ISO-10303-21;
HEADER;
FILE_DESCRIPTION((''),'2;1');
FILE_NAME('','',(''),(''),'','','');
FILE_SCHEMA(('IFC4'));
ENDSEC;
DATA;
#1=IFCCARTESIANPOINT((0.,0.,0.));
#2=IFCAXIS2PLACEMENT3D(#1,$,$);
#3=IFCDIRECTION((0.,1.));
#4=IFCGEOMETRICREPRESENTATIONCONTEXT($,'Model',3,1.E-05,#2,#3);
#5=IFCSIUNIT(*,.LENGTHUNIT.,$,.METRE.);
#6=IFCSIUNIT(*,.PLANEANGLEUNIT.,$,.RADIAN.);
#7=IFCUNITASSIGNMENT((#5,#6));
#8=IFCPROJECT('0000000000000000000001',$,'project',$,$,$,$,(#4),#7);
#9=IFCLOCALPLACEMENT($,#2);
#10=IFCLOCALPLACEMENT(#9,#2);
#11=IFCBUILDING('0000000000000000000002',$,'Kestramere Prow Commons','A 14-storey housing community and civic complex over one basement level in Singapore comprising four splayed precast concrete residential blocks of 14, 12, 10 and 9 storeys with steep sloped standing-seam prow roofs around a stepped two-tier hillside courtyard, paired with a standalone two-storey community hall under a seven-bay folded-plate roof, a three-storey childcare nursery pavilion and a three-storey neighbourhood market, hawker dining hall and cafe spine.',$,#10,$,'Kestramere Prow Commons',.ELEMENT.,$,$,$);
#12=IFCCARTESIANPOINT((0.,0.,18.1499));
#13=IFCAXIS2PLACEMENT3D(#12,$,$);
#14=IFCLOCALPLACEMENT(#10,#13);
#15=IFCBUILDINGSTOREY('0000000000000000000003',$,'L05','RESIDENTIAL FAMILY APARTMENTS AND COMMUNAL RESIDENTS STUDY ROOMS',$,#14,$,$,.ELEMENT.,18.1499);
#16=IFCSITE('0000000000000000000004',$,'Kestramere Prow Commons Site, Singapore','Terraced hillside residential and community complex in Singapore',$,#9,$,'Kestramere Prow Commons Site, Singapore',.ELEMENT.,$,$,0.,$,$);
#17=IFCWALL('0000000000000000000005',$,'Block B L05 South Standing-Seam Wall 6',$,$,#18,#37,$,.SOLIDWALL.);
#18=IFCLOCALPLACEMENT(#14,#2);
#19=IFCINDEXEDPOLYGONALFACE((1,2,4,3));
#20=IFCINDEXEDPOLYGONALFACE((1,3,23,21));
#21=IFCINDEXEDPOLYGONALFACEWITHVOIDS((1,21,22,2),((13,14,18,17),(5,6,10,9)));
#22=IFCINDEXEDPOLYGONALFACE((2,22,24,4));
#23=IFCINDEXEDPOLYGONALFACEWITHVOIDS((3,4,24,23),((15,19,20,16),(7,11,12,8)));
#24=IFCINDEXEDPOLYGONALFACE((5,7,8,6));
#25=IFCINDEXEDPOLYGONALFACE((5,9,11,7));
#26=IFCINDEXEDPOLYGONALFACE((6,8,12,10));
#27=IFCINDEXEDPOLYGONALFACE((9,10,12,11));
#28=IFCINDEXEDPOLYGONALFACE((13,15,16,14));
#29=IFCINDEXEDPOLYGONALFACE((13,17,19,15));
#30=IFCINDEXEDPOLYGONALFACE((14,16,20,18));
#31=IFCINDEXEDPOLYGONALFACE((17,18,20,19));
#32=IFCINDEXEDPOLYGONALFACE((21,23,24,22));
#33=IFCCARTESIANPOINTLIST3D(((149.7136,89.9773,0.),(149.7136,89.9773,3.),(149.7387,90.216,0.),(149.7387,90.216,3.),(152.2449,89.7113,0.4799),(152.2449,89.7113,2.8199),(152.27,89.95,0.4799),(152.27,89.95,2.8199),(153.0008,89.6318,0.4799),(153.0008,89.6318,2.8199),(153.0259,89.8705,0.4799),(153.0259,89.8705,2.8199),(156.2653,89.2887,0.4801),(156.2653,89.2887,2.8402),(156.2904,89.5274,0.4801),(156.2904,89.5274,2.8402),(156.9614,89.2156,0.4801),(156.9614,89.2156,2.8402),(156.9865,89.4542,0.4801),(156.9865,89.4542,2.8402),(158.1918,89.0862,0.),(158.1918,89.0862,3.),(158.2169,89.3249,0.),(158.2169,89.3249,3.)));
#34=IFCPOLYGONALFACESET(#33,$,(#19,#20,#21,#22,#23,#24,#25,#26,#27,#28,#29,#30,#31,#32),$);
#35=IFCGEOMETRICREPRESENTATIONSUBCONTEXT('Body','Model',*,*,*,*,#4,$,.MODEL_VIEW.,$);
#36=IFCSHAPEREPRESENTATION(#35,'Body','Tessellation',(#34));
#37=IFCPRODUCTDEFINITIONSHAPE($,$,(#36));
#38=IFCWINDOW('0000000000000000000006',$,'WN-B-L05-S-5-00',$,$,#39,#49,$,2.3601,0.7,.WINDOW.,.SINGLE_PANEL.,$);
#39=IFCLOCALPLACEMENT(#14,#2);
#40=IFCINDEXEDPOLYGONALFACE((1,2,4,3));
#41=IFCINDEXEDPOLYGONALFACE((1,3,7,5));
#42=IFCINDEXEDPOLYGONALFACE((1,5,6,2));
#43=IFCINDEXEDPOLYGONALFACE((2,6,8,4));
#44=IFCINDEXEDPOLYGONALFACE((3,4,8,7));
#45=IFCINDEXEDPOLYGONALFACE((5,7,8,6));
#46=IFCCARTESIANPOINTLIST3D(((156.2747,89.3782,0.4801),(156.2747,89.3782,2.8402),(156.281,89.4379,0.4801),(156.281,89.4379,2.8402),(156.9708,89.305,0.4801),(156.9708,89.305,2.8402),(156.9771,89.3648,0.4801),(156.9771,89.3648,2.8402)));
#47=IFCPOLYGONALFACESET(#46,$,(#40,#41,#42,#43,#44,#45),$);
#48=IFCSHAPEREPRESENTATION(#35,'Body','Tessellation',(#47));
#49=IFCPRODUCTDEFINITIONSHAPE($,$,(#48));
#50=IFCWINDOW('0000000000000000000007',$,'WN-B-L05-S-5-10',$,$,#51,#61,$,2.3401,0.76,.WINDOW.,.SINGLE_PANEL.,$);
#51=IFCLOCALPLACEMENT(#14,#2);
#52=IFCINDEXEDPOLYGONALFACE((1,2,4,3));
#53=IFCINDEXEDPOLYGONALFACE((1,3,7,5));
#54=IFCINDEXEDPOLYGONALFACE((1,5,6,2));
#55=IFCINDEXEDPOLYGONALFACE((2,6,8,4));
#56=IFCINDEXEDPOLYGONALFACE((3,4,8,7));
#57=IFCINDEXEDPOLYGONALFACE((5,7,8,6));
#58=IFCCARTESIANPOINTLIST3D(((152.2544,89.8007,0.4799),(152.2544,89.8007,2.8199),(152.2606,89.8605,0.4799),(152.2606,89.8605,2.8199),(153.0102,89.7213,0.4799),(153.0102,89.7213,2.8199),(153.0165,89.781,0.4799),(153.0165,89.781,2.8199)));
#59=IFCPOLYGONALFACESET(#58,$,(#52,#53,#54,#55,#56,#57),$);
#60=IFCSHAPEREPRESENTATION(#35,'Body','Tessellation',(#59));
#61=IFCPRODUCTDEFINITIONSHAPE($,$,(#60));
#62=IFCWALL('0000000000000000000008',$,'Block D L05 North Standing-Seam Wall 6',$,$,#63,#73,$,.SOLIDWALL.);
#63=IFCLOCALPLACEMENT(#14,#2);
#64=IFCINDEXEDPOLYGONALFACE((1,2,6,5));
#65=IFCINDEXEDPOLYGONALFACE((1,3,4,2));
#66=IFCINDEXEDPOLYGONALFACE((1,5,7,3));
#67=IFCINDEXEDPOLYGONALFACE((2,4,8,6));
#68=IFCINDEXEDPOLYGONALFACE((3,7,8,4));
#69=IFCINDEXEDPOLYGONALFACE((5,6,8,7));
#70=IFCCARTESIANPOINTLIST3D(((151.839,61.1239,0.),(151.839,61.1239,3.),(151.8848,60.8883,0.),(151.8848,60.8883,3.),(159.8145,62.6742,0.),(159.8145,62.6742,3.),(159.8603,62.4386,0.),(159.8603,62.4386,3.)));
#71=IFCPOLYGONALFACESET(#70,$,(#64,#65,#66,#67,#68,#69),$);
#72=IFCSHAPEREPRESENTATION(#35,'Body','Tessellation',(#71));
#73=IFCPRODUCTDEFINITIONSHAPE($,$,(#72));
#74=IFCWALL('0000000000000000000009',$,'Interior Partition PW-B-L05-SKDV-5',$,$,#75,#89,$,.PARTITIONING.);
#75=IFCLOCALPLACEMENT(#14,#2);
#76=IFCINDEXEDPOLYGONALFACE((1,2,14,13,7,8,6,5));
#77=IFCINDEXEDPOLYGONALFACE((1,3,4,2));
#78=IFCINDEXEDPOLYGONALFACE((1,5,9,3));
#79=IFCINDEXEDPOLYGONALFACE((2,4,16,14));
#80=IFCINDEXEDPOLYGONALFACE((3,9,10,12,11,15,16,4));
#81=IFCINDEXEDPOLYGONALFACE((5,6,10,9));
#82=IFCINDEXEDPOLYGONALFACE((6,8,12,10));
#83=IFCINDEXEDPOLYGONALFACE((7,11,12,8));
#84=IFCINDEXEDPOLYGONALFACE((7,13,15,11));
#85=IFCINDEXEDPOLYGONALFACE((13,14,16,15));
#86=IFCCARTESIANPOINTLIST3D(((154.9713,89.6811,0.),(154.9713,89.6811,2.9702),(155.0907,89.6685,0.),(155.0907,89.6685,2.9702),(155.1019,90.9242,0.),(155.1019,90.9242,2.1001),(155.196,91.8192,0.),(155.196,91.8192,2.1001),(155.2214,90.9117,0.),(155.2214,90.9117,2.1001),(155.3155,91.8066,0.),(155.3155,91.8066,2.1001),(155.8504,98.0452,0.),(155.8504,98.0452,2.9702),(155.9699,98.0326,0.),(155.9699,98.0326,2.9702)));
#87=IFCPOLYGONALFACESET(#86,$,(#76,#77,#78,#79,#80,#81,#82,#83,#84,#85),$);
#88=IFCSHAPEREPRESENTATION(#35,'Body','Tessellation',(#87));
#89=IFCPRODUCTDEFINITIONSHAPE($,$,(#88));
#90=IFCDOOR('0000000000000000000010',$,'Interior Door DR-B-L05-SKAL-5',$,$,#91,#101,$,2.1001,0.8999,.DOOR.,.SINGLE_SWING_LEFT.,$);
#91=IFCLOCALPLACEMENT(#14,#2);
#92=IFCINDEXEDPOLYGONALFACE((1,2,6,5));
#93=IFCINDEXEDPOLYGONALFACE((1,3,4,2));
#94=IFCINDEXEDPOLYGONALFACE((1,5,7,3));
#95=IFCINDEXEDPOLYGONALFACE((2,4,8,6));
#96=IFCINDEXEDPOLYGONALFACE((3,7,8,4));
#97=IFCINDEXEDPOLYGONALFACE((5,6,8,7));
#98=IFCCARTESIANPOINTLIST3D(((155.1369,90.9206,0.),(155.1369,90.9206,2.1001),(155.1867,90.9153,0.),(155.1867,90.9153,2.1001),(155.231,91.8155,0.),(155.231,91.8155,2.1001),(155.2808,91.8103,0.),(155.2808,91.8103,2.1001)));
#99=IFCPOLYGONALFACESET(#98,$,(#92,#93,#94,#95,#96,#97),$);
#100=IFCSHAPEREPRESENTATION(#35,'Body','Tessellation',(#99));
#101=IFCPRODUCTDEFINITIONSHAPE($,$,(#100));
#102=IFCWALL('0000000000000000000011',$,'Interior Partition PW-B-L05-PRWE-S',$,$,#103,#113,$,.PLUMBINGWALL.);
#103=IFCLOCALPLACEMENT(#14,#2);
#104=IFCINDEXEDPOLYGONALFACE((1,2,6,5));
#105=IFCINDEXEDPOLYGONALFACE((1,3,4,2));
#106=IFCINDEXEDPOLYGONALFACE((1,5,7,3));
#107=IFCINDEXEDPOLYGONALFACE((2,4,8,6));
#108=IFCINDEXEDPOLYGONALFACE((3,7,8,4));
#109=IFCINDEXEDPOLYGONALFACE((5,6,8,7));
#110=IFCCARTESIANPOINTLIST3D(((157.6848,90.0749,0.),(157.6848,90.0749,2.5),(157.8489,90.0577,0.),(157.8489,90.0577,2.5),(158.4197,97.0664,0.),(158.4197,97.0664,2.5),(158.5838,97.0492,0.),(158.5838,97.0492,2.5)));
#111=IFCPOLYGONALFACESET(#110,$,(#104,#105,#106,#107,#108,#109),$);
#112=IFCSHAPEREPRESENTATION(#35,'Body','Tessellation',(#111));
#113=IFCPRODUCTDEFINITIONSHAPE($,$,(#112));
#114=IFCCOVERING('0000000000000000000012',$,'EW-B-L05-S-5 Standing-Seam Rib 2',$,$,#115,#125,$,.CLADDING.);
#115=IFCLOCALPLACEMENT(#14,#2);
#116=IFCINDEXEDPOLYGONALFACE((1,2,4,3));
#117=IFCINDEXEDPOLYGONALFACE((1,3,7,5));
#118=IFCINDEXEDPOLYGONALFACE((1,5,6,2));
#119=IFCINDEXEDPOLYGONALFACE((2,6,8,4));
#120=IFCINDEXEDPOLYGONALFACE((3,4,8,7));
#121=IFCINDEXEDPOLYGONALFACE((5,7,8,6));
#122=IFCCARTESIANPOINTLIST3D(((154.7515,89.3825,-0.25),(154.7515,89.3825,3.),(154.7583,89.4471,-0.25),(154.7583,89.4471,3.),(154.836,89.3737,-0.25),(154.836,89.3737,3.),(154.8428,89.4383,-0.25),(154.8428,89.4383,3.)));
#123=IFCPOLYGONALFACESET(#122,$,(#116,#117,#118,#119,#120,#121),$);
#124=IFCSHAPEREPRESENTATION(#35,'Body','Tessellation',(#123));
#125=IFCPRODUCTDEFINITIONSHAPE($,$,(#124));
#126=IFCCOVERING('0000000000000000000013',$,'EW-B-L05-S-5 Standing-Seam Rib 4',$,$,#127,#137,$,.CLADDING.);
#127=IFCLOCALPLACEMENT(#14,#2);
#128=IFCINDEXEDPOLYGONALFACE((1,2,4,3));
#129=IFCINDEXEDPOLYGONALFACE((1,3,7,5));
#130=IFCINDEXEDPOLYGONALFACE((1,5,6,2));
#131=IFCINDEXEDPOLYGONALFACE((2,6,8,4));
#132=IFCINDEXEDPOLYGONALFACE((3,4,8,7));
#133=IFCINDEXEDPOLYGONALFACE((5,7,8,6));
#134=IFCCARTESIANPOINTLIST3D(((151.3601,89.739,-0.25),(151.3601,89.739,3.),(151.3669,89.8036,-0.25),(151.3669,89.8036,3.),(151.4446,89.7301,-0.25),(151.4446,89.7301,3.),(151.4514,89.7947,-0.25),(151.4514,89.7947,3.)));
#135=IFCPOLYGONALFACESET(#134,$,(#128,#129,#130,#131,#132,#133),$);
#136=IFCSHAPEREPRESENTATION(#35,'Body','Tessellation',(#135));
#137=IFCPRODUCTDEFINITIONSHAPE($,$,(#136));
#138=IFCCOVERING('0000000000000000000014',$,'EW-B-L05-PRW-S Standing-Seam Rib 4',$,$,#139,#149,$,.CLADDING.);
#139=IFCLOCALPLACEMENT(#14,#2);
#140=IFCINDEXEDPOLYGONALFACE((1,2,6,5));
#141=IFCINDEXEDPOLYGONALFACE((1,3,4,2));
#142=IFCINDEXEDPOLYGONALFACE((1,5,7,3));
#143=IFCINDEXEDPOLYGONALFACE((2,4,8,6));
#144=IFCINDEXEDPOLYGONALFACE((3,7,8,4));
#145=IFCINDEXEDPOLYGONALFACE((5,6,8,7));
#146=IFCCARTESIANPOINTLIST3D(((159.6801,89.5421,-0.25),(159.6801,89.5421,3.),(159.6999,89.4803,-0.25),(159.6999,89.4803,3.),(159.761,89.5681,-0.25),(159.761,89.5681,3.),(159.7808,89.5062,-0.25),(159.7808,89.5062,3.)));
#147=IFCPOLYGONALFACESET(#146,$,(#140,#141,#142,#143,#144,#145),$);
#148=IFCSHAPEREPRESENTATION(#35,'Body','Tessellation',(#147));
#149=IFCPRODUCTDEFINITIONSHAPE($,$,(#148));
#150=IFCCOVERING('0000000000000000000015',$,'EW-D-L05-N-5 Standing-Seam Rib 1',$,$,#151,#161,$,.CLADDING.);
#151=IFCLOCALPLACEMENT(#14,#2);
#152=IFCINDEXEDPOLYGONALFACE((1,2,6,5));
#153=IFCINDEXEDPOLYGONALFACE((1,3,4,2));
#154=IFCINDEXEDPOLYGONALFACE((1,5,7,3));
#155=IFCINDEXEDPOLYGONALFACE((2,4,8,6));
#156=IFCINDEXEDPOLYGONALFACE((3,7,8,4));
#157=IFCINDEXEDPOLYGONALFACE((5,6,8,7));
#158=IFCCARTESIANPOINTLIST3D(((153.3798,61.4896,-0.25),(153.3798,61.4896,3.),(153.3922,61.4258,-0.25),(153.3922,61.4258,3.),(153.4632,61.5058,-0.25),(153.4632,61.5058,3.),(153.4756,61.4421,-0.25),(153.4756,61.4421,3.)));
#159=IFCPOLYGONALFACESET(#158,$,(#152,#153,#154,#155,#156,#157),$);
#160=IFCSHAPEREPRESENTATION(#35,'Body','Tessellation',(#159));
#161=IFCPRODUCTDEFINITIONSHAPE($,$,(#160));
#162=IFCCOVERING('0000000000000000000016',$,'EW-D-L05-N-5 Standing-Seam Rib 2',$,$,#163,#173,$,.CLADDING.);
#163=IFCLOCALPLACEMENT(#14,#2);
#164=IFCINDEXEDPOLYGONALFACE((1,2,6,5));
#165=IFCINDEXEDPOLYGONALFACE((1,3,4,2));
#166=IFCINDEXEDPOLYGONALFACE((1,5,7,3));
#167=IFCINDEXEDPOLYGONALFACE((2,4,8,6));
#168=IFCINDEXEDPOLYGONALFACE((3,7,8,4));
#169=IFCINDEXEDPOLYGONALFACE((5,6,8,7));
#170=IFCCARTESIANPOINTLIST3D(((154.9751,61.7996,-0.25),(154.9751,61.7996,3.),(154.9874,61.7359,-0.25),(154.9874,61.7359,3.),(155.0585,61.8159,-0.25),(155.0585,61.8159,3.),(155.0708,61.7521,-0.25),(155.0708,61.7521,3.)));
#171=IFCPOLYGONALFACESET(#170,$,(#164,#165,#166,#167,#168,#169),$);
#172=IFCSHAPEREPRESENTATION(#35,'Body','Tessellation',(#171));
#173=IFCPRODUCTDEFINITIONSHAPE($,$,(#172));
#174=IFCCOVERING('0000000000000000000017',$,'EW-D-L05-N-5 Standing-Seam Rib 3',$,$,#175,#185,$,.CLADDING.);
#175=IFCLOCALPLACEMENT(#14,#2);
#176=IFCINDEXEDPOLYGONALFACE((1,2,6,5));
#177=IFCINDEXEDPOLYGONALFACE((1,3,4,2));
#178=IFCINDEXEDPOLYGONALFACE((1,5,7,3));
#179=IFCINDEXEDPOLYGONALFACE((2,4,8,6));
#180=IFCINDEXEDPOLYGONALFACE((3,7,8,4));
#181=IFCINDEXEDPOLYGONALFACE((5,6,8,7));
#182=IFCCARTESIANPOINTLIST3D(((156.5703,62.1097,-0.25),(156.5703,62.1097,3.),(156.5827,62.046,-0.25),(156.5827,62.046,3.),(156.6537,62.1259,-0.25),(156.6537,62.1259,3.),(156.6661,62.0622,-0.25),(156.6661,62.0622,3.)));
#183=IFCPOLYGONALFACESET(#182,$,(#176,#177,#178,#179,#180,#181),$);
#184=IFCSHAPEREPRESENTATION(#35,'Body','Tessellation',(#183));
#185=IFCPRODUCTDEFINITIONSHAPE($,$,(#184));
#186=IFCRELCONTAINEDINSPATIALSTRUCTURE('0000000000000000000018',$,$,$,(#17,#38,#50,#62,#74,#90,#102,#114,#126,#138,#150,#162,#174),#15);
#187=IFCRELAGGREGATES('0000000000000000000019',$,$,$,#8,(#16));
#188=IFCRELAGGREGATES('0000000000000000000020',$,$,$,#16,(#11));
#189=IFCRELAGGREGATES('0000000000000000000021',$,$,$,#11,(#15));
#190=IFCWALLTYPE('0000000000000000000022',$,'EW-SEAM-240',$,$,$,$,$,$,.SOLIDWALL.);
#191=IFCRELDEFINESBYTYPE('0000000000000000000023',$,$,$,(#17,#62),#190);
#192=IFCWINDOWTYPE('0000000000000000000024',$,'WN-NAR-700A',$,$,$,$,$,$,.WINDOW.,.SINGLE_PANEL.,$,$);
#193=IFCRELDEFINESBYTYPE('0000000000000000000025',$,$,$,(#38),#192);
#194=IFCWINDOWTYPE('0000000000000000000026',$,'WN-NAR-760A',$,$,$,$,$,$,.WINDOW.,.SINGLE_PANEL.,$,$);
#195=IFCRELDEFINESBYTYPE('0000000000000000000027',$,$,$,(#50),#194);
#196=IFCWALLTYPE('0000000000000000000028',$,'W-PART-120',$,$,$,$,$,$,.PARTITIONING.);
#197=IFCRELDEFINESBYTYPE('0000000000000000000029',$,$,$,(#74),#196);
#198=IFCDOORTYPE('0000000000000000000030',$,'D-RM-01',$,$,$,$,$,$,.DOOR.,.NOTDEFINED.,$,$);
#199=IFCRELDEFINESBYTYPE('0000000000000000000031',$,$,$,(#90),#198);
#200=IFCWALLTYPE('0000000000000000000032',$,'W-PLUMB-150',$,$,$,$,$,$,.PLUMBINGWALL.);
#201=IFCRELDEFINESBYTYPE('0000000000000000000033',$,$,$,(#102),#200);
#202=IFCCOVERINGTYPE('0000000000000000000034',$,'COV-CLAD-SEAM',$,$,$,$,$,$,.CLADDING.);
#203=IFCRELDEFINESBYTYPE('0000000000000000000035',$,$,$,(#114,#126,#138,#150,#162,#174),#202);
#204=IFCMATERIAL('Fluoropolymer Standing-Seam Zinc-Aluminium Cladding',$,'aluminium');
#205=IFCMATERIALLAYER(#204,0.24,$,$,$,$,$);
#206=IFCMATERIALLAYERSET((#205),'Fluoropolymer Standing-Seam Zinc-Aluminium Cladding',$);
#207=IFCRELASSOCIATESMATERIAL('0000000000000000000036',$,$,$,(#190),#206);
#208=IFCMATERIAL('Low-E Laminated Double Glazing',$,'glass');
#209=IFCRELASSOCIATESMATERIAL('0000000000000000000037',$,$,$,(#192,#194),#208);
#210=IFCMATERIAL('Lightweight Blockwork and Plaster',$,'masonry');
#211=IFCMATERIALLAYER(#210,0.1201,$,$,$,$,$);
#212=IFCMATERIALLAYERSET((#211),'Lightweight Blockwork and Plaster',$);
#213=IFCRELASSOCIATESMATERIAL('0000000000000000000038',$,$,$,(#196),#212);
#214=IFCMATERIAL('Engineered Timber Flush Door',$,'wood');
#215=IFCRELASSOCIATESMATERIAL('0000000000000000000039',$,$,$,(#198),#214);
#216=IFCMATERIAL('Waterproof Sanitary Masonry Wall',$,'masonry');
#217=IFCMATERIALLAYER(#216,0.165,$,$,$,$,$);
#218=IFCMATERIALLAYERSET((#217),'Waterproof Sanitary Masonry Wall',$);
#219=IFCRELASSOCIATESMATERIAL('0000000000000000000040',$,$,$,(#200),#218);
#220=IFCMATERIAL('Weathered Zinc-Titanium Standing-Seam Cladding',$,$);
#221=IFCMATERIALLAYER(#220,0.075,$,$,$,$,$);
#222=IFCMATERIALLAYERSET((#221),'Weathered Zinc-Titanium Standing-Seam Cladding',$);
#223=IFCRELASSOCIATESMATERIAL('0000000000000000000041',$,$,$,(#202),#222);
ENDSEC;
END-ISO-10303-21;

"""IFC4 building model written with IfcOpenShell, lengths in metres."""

from ifc_helpers import new_model, si_unit, direction, frame, frame_2d, origin, origin_2d, place, context, subcontext, project, spatial, rectangle, extrude, material, layer, layer_set, type_object, element, fill, save


model = new_model("IFC4")

# Units and contexts
model_context = context("Model", 3, precision=1e-05, world=origin(), true_north=direction((0.0, 1.0)))
body_context = subcontext(model_context, "Body", "Model", "MODEL_VIEW")
ifc_project = project(units=[si_unit("LENGTHUNIT", "METRE"), si_unit("PLANEANGLEUNIT", "RADIAN")], contexts=[model_context])

# Site, building, storey
site_placement = place(None, origin())
site = spatial("IfcSite", under=ifc_project, at=site_placement, Name="Kestramere Prow Commons Site, Singapore", Description="Terraced hillside residential and community complex in Singapore", LongName="Kestramere Prow Commons Site, Singapore", CompositionType="ELEMENT", RefElevation=0.0)
building_placement = place(site_placement, origin())
building = spatial("IfcBuilding", under=site, at=building_placement, Name="Kestramere Prow Commons", Description="A 14-storey housing community and civic complex over one basement level in Singapore comprising four splayed precast concrete residential blocks of 14, 12, 10 and 9 storeys with steep sloped standing-seam prow roofs around a stepped two-tier hillside courtyard, paired with a standalone two-storey community hall under a seven-bay folded-plate roof, a three-storey childcare nursery pavilion and a three-storey neighbourhood market, hawker dining hall and cafe spine.", LongName="Kestramere Prow Commons", CompositionType="ELEMENT")
storey_placement = place(building_placement, frame((0.0, 0.0, 18.1499)))
storey = spatial("IfcBuildingStorey", under=building, at=storey_placement, Name="L05", Description="RESIDENTIAL FAMILY APARTMENTS AND COMMUNAL RESIDENTS STUDY ROOMS", CompositionType="ELEMENT", Elevation=18.1499)

# Wall, openings, windows
ifc_material_1 = material(Name="Weathered Zinc-Titanium Standing-Seam Cladding")
ifc_material_2 = material(Name="Low-E Laminated Double Glazing", Category="glass")
ifc_material_3 = material(Name="Fluoropolymer Standing-Seam Zinc-Aluminium Cladding", Category="aluminium")
ifc_layer_1 = layer(ifc_material_3, 0.24)
ifc_layer_set_1 = layer_set([ifc_layer_1], Name="Fluoropolymer Standing-Seam Zinc-Aluminium Cladding")
wall_type_1 = type_object("IfcWallType", Name="EW-SEAM-240", PredefinedType="SOLIDWALL", material=ifc_layer_set_1)
wall_1_placement = place(storey_placement, frame((158.2043, 89.2056, 0.0), z_axis=(0.0, 0.0, 1.0), x_axis=(-0.994522, 0.10453, 0.0)))
wall_1 = element("IfcWall", 1, at=wall_1_placement, inside=storey, type_object=wall_type_1, Name="Block B L05 South Standing-Seam Wall 6", PredefinedType="SOLIDWALL", context=body_context, shape_type="SweptSolid", body=[
    extrude(rectangle(XDim=8.5249, YDim=0.24, at=frame_2d((4.2625, 0.0))), origin(), (0.0, 0.0, 1.0), 3.0),
])
opening_1_placement = place(wall_1_placement, frame((1.2371, 0.0, 0.48)))
opening_1 = element("IfcOpeningElement", 2, at=opening_1_placement, cuts=wall_1, PredefinedType="OPENING", context=body_context, shape_type="SweptSolid", body=[
    extrude(rectangle(XDim=0.7, YDim=2.3601, at=frame_2d((0.3501, 1.1802))), frame((0.0, 0.135, 0.0), z_axis=(0.0, -1.0, 0.0), x_axis=(1.0, 0.0, 0.0)), (0.0, 0.0, 1.0), 0.27),
])
opening_2_placement = place(wall_1_placement, frame((5.2197, 0.0, 0.48)))
opening_2 = element("IfcOpeningElement", 3, at=opening_2_placement, cuts=wall_1, PredefinedType="OPENING", context=body_context, shape_type="SweptSolid", body=[
    extrude(rectangle(XDim=0.76, YDim=2.3401, at=frame_2d((0.3799, 1.1699))), frame((0.0, 0.135, 0.0), z_axis=(0.0, -1.0, 0.0), x_axis=(1.0, 0.0, 0.0)), (0.0, 0.0, 1.0), 0.27),
])
window_type_1 = type_object("IfcWindowType", Name="WN-NAR-700A", PartitioningType="SINGLE_PANEL", PredefinedType="WINDOW", material=ifc_material_2)
window_1_placement = place(opening_1_placement, origin())
window_1 = element("IfcWindow", 4, at=window_1_placement, inside=storey, type_object=window_type_1, Name="WN-B-L05-S-5-00", OverallHeight=2.3601, OverallWidth=0.7, PartitioningType="SINGLE_PANEL", PredefinedType="WINDOW", context=body_context, shape_type="SweptSolid", body=[
    extrude(rectangle(XDim=0.7, YDim=2.3601, at=frame_2d((0.3501, 1.1802))), frame((0.0, 0.03, 0.0), z_axis=(0.0, -1.0, 0.0), x_axis=(1.0, 0.0, 0.0)), (0.0, 0.0, 1.0), 0.0601),
])
fill(opening_1, window_1)
window_type_2 = type_object("IfcWindowType", Name="WN-NAR-760A", PartitioningType="SINGLE_PANEL", PredefinedType="WINDOW", material=ifc_material_2)
window_2_placement = place(opening_2_placement, origin())
window_2 = element("IfcWindow", 5, at=window_2_placement, inside=storey, type_object=window_type_2, Name="WN-B-L05-S-5-10", OverallHeight=2.3401, OverallWidth=0.76, PartitioningType="SINGLE_PANEL", PredefinedType="WINDOW", context=body_context, shape_type="SweptSolid", body=[
    extrude(rectangle(XDim=0.76, YDim=2.3401, at=frame_2d((0.3799, 1.1699))), frame((0.0, 0.03, 0.0), z_axis=(0.0, -1.0, 0.0), x_axis=(1.0, 0.0, 0.0)), (0.0, 0.0, 1.0), 0.0601),
])
fill(opening_2, window_2)

# Wall
wall_2_placement = place(storey_placement, frame((151.8618, 61.0061, 0.0), z_axis=(0.0, 0.0, 1.0), x_axis=(0.981627, 0.190809, 0.0)))
element("IfcWall", 6, at=wall_2_placement, inside=storey, type_object=wall_type_1, Name="Block D L05 North Standing-Seam Wall 6", PredefinedType="SOLIDWALL", context=body_context, shape_type="SweptSolid", body=[
    extrude(rectangle(XDim=8.1248, YDim=0.24, at=frame_2d((4.0625, 0.0))), origin(), (0.0, 0.0, 1.0), 3.0),
])

# Wall, opening, door
ifc_material_4 = material(Name="Lightweight Blockwork and Plaster", Category="masonry")
ifc_layer_2 = layer(ifc_material_4, 0.1201)
ifc_layer_set_2 = layer_set([ifc_layer_2], Name="Lightweight Blockwork and Plaster")
wall_type_2 = type_object("IfcWallType", Name="W-PART-120", PredefinedType="PARTITIONING", material=ifc_layer_set_2)
wall_3_placement = place(storey_placement, frame((155.031, 89.6748, 0.0), z_axis=(0.0, 0.0, 1.0), x_axis=(0.104535, 0.994521, 0.0)))
wall_3 = element("IfcWall", 7, at=wall_3_placement, inside=storey, type_object=wall_type_2, Name="Interior Partition PW-B-L05-SKDV-5", PredefinedType="PARTITIONING", context=body_context, shape_type="SweptSolid", body=[
    extrude(rectangle(XDim=8.4102, YDim=0.1201, at=frame_2d((4.2051, 0.0))), origin(), (0.0, 0.0, 1.0), 2.9702),
])
opening_3_placement = place(wall_3_placement, frame((1.25, 0.0, 0.0)))
opening_3 = element("IfcOpeningElement", 8, at=opening_3_placement, cuts=wall_3, PredefinedType="OPENING", context=body_context, shape_type="SweptSolid", body=[
    extrude(rectangle(XDim=0.8999, YDim=2.1001, at=frame_2d((0.45, 1.05))), frame((0.0, 0.075, 0.0), z_axis=(0.0, -1.0, 0.0), x_axis=(1.0, 0.0, 0.0)), (0.0, 0.0, 1.0), 0.1501),
])
ifc_material_5 = material(Name="Engineered Timber Flush Door", Category="wood")
door_type = type_object("IfcDoorType", Name="D-RM-01", OperationType="NOTDEFINED", PredefinedType="DOOR", material=ifc_material_5)
door_placement = place(opening_3_placement, origin())
door = element("IfcDoor", 9, at=door_placement, inside=storey, type_object=door_type, Name="Interior Door DR-B-L05-SKAL-5", OperationType="SINGLE_SWING_LEFT", OverallHeight=2.1001, OverallWidth=0.8999, PredefinedType="DOOR", context=body_context, shape_type="SweptSolid", body=[
    extrude(rectangle(XDim=0.8999, YDim=2.1001, at=frame_2d((0.45, 1.05))), frame((0.0, 0.0249, 0.0), z_axis=(0.0, -1.0, 0.0), x_axis=(1.0, 0.0, 0.0)), (0.0, 0.0, 1.0), 0.05),
])
fill(opening_3, door)

# Wall
ifc_material_6 = material(Name="Waterproof Sanitary Masonry Wall", Category="masonry")
ifc_layer_3 = layer(ifc_material_6, 0.165)
ifc_layer_set_3 = layer_set([ifc_layer_3], Name="Waterproof Sanitary Masonry Wall")
wall_type_3 = type_object("IfcWallType", Name="W-PLUMB-150", PredefinedType="PLUMBINGWALL", material=ifc_layer_set_3)
wall_4_placement = place(storey_placement, frame((157.7668, 90.0662, 0.0), z_axis=(0.0, 0.0, 1.0), x_axis=(0.104533, 0.994521, 0.0)))
element("IfcWall", 10, at=wall_4_placement, inside=storey, type_object=wall_type_3, Name="Interior Partition PW-B-L05-PRWE-S", PredefinedType="PLUMBINGWALL", context=body_context, shape_type="SweptSolid", body=[
    extrude(rectangle(XDim=7.03, YDim=0.165, at=frame_2d((3.5151, 0.0))), origin(), (0.0, 0.0, 1.0), 2.5),
])

# Coverings
ifc_layer_4 = layer(ifc_material_1, 0.075)
ifc_layer_set_4 = layer_set([ifc_layer_4], Name="Weathered Zinc-Titanium Standing-Seam Cladding")
covering_type = type_object("IfcCoveringType", Name="COV-CLAD-SEAM", PredefinedType="CLADDING", material=ifc_layer_set_4)
for number, where, z_axis, x_axis, name in (
    (11, (154.7971, 89.4104, -0.25), (0.0, 0.0, 1.0), (-0.994522, 0.104528, 0.0), "EW-B-L05-S-5 Standing-Seam Rib 2"),
    (12, (151.4058, 89.7668, -0.25), (0.0, 0.0, 1.0), (-0.994522, 0.104528, 0.0), "EW-B-L05-S-5 Standing-Seam Rib 4"),
    (13, (159.7305, 89.5242, -0.25), (0.0, 0.0, 1.0), (-0.952283, -0.305215, 0.0), "EW-B-L05-PRW-S Standing-Seam Rib 4"),
    (14, (153.4277, 61.4658, -0.25), (0.0, 0.0, 1.0), (0.981627, 0.190809, 0.0), "EW-D-L05-N-5 Standing-Seam Rib 1"),
    (15, (155.0229, 61.7759, -0.25), (0.0, 0.0, 1.0), (0.981627, 0.190809, 0.0), "EW-D-L05-N-5 Standing-Seam Rib 2"),
    (16, (156.6182, 62.0859, -0.25), (0.0, 0.0, 1.0), (0.981627, 0.190809, 0.0), "EW-D-L05-N-5 Standing-Seam Rib 3"),
):
    element("IfcCovering", number, at=place(storey_placement, frame(where, z_axis=z_axis, x_axis=x_axis)), inside=storey, type_object=covering_type, Name=name, PredefinedType="CLADDING", context=body_context, shape_type="SweptSolid", body=[
        extrude(rectangle(XDim=0.085, YDim=0.0649, at=origin_2d()), origin(), (0.0, 0.0, 1.0), 3.25),
    ])

save(model, "model.ifc")
